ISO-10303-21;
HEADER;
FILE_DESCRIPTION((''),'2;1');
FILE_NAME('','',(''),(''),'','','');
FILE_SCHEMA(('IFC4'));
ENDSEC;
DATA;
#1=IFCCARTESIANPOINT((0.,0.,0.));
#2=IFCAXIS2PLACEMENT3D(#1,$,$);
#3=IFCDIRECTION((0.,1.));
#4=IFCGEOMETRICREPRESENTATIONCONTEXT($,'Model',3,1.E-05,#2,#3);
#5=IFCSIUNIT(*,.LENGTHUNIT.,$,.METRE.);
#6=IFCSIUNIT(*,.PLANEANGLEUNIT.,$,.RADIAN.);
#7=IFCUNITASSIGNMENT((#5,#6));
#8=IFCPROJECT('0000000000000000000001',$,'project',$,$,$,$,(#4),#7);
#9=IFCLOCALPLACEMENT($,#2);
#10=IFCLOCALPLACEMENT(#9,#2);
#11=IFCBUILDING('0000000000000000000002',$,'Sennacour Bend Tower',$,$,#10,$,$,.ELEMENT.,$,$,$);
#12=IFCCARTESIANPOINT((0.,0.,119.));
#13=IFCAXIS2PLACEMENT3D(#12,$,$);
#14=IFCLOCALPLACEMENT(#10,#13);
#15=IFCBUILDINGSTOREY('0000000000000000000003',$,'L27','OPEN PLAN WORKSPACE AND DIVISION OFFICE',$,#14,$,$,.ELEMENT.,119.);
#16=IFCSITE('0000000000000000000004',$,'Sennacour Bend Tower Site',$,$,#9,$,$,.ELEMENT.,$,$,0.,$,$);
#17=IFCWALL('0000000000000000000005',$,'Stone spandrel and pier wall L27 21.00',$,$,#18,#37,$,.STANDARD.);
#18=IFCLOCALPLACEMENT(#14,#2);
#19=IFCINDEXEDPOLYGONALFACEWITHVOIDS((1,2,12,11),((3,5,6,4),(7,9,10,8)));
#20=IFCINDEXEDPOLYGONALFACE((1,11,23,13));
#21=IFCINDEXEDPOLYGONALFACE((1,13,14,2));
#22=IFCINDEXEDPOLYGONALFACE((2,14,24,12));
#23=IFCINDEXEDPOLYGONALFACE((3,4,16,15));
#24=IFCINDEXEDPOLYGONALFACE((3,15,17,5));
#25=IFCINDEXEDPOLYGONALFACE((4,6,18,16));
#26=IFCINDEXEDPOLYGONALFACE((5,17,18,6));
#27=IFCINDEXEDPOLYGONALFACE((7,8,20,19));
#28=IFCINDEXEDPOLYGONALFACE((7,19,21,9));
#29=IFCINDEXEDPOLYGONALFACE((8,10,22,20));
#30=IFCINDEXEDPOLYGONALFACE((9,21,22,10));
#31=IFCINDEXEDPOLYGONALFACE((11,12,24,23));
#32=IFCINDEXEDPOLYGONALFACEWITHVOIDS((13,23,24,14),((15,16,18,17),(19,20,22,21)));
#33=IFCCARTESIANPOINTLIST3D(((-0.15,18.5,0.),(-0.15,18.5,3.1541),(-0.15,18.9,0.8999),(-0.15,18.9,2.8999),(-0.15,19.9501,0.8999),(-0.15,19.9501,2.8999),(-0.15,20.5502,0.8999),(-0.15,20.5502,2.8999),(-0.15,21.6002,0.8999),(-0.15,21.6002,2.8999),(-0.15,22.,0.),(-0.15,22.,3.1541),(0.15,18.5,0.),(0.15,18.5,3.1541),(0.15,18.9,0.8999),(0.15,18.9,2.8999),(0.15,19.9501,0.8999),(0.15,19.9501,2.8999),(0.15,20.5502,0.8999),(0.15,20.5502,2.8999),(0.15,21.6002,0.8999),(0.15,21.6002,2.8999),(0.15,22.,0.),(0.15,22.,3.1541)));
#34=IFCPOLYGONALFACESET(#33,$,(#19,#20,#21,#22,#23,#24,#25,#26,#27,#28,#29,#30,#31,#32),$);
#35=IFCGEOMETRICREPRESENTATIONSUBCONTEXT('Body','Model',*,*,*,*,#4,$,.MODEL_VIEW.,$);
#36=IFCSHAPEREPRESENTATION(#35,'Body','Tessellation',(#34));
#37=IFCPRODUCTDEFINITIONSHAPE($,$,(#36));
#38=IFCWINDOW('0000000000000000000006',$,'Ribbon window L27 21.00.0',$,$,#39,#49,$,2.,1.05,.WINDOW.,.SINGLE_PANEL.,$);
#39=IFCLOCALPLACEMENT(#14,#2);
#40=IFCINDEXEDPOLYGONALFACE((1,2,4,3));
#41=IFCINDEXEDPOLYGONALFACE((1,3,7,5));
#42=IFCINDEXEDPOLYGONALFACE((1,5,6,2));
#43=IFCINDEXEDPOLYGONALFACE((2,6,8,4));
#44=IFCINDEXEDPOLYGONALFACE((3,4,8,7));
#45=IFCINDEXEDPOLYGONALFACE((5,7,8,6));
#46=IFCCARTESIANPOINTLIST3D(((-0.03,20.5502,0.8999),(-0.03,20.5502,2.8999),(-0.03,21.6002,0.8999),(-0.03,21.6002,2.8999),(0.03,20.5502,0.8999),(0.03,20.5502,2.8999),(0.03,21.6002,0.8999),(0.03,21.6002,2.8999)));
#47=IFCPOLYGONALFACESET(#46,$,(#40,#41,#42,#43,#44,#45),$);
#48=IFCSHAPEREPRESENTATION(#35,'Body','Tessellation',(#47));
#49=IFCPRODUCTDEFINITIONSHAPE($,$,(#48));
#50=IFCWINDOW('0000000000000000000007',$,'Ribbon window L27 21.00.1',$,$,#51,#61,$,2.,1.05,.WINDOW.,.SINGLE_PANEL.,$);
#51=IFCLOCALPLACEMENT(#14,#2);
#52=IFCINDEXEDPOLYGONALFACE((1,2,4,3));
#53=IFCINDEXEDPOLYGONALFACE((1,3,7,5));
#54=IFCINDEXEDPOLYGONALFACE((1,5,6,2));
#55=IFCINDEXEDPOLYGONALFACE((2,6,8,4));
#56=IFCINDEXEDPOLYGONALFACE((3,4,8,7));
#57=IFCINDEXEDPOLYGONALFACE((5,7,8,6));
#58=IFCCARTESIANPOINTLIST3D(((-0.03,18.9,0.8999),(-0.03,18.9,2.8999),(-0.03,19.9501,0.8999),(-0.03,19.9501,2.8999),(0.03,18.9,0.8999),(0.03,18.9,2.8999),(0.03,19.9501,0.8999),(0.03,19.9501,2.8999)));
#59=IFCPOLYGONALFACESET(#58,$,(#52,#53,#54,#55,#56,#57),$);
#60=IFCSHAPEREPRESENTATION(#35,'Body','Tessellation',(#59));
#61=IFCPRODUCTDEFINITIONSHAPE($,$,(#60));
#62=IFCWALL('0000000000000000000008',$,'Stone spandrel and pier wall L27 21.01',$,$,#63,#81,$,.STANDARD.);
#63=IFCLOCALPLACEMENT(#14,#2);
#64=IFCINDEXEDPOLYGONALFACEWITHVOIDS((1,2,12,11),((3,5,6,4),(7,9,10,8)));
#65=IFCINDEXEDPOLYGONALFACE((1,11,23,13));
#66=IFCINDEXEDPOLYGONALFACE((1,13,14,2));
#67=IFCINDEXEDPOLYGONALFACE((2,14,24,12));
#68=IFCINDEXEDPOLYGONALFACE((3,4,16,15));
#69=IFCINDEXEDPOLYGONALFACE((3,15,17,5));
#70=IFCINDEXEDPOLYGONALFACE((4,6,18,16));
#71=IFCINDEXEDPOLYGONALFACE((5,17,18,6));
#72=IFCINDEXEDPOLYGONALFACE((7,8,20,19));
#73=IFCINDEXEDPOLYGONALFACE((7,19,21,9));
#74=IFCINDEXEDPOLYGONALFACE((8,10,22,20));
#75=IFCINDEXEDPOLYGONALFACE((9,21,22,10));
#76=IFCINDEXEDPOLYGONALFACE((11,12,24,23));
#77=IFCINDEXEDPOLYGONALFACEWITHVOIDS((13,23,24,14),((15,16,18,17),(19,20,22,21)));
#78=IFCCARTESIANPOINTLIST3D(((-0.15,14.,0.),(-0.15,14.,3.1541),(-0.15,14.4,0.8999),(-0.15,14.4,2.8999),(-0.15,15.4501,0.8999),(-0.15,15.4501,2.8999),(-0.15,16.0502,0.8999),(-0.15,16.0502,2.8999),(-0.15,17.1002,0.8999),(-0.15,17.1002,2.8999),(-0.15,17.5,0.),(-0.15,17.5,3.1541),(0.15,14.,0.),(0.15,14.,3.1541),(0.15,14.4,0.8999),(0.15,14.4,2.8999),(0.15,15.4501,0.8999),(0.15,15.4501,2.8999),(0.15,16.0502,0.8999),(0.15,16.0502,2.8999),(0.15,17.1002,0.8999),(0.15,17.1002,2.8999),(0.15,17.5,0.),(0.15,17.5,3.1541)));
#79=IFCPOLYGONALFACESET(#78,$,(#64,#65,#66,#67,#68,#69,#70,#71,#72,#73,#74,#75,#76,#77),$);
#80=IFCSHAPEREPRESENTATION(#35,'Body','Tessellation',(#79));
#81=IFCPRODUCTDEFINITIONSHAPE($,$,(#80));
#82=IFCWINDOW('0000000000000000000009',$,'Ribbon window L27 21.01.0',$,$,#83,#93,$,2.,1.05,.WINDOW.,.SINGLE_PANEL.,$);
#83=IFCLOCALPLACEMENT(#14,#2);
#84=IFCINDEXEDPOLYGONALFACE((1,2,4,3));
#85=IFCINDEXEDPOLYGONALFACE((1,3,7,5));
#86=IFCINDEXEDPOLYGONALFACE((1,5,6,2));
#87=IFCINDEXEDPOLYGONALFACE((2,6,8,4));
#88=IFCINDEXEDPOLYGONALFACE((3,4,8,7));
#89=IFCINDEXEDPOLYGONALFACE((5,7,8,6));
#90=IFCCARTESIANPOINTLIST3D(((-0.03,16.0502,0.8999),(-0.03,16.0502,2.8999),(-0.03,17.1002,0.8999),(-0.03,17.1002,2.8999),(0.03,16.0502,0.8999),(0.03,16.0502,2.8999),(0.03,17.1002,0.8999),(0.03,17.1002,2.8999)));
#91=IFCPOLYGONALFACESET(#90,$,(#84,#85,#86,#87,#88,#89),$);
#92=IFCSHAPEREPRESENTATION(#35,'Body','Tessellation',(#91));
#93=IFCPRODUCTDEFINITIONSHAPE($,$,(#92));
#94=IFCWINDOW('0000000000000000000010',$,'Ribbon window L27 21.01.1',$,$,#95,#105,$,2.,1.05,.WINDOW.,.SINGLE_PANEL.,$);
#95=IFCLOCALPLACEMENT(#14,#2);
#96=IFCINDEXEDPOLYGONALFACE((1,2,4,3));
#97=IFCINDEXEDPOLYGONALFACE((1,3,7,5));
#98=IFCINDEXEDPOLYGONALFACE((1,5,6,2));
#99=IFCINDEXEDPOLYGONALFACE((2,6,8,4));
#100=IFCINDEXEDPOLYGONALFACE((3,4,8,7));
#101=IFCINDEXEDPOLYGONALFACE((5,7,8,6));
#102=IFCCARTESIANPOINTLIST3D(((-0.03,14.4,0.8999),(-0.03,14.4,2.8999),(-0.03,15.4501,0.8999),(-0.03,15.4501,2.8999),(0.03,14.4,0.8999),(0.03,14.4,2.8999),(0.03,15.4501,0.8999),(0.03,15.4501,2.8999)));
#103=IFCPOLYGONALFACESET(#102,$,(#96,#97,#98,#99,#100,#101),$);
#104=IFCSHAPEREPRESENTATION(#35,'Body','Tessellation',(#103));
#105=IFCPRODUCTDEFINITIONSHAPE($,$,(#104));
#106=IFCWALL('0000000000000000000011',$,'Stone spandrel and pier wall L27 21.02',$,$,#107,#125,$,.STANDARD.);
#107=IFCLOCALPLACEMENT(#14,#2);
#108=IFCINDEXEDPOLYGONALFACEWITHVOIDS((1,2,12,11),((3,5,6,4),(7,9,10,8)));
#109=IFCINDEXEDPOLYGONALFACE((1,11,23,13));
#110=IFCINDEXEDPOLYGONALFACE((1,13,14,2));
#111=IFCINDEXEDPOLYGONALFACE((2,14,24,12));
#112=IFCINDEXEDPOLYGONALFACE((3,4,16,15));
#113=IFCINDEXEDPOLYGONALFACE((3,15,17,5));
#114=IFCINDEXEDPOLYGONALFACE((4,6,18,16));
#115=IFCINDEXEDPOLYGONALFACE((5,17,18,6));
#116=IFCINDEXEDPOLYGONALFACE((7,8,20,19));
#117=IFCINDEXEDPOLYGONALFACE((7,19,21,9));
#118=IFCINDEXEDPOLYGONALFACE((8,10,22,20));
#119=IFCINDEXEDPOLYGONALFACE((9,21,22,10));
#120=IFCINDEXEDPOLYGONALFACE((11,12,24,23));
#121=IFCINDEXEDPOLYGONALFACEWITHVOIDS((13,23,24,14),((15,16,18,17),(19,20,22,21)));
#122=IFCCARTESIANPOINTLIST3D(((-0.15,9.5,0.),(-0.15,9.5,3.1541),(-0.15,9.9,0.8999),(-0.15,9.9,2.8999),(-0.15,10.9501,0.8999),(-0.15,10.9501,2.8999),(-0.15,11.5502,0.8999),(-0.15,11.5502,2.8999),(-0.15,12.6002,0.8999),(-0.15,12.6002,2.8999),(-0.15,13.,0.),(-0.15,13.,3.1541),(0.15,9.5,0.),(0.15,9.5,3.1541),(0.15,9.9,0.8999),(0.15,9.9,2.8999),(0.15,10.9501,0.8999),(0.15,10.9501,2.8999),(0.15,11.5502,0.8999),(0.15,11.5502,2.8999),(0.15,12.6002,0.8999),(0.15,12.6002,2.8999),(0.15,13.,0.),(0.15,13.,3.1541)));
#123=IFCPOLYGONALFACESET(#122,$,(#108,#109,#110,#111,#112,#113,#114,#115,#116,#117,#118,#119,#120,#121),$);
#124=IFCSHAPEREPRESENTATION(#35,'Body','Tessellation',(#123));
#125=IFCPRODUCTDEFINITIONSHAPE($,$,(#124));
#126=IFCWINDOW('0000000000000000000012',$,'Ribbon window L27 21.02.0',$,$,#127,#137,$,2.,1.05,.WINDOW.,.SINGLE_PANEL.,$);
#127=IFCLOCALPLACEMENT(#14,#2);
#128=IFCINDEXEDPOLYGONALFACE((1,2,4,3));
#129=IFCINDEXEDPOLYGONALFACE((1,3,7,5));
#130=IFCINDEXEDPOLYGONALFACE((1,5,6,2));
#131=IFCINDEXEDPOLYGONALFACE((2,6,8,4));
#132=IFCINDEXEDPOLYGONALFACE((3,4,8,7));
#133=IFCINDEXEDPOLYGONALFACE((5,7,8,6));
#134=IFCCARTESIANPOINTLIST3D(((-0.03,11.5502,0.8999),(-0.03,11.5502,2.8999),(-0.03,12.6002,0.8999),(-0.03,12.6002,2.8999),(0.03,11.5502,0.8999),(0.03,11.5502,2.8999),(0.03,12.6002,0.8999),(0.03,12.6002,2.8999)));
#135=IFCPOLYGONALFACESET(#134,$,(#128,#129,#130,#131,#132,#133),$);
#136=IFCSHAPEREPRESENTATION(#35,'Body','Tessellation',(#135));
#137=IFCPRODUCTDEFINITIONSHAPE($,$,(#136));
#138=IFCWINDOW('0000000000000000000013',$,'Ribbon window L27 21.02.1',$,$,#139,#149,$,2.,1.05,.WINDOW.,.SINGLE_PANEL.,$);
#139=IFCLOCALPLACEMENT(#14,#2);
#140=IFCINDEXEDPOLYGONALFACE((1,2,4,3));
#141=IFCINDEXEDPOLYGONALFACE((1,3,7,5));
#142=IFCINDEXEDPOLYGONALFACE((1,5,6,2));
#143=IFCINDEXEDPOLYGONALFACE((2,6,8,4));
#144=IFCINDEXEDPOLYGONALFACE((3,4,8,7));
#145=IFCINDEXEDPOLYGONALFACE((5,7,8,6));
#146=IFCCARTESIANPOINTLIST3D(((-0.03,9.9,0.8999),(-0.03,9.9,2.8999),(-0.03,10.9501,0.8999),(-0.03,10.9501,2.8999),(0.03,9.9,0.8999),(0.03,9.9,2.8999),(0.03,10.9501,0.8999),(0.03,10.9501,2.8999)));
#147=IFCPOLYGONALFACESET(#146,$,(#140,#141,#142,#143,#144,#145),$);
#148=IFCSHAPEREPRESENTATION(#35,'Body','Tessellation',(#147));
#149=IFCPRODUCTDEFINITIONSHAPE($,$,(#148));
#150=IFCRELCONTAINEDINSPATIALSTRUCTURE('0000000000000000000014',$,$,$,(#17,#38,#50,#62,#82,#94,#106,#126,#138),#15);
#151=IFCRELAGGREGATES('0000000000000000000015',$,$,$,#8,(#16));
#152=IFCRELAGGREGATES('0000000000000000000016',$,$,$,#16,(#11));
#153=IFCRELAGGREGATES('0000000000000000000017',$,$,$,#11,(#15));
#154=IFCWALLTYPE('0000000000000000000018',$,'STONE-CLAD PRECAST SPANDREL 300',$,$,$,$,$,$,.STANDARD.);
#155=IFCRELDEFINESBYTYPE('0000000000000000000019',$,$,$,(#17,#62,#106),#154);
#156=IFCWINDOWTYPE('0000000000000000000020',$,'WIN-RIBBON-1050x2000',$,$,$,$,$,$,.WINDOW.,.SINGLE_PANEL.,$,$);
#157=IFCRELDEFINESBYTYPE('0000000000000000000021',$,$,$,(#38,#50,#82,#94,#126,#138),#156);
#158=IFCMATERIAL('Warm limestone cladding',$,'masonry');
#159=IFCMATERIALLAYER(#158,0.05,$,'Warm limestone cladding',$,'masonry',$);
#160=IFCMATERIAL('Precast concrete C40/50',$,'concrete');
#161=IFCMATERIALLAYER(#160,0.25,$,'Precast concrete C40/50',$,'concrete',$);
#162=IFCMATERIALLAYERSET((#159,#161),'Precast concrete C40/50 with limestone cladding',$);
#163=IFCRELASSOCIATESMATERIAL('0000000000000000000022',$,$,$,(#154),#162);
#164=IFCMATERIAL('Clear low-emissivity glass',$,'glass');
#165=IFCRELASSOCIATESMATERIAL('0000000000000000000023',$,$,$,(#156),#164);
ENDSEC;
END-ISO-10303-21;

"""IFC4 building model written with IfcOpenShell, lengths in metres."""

from ifc_helpers import new_model, si_unit, direction, frame, frame_2d, origin, place, context, subcontext, project, spatial, rectangle, extrude, material, layer, layer_set, type_object, element, fill, save


model = new_model("IFC4")

# Units and contexts
model_context = context("Model", 3, precision=1e-05, world=origin(), true_north=direction((0.0, 1.0)))
body_context = subcontext(model_context, "Body", "Model", "MODEL_VIEW")
ifc_project = project(units=[si_unit("LENGTHUNIT", "METRE"), si_unit("PLANEANGLEUNIT", "RADIAN")], contexts=[model_context])

# Site, building, storey
site_placement = place(None, origin())
site = spatial("IfcSite", under=ifc_project, at=site_placement, Name="Sennacour Bend Tower Site", CompositionType="ELEMENT", RefElevation=0.0)
building_placement = place(site_placement, origin())
building = spatial("IfcBuilding", under=site, at=building_placement, Name="Sennacour Bend Tower", CompositionType="ELEMENT")
storey_placement = place(building_placement, frame((0.0, 0.0, 119.0)))
storey = spatial("IfcBuildingStorey", under=building, at=storey_placement, Name="L27", Description="OPEN PLAN WORKSPACE AND DIVISION OFFICE", CompositionType="ELEMENT", Elevation=119.0)

# Walls, openings, windows
ifc_material_1 = material(Name="Warm limestone cladding", Category="masonry")
ifc_layer_1 = layer(ifc_material_1, 0.05, Name="Warm limestone cladding", Category="masonry")
ifc_material_2 = material(Name="Precast concrete C40/50", Category="concrete")
ifc_layer_2 = layer(ifc_material_2, 0.25, Name="Precast concrete C40/50", Category="concrete")
ifc_layer_set = layer_set([ifc_layer_1, ifc_layer_2], Name="Precast concrete C40/50 with limestone cladding")
wall_type = type_object("IfcWallType", Name="STONE-CLAD PRECAST SPANDREL 300", PredefinedType="STANDARD", material=ifc_layer_set)
wall_1_placement = place(storey_placement, frame((0.0, 22.0, 0.0), z_axis=(0.0, 0.0, 1.0), x_axis=(0.0, -1.0, 0.0)))
wall_1 = element("IfcWall", 1, at=wall_1_placement, inside=storey, type_object=wall_type, Name="Stone spandrel and pier wall L27 21.00", PredefinedType="STANDARD", context=body_context, shape_type="SweptSolid", body=[
    extrude(rectangle(XDim=3.5, YDim=0.3, at=frame_2d((1.75, 0.0))), origin(), (0.0, 0.0, 1.0), 3.1541),
])
opening_1_placement = place(wall_1_placement, frame((0.3999, 0.0, 0.8999)))
opening_1 = element("IfcOpeningElement", 2, at=opening_1_placement, cuts=wall_1, PredefinedType="OPENING", context=body_context, shape_type="SweptSolid", body=[
    extrude(rectangle(XDim=1.05, YDim=2.0, at=frame_2d((0.5249, 1.0))), frame((0.0, 0.1602, 0.0), z_axis=(0.0, -1.0, 0.0), x_axis=(1.0, 0.0, 0.0)), (0.0, 0.0, 1.0), 0.3201),
])
opening_2_placement = place(wall_1_placement, frame((2.05, 0.0, 0.8999)))
opening_2 = element("IfcOpeningElement", 3, at=opening_2_placement, cuts=wall_1, PredefinedType="OPENING", context=body_context, shape_type="SweptSolid", body=[
    extrude(rectangle(XDim=1.05, YDim=2.0, at=frame_2d((0.5249, 1.0))), frame((0.0, 0.1602, 0.0), z_axis=(0.0, -1.0, 0.0), x_axis=(1.0, 0.0, 0.0)), (0.0, 0.0, 1.0), 0.3201),
])
ifc_material_3 = material(Name="Clear low-emissivity glass", Category="glass")
window_type = type_object("IfcWindowType", Name="WIN-RIBBON-1050x2000", PartitioningType="SINGLE_PANEL", PredefinedType="WINDOW", material=ifc_material_3)
window_1_placement = place(opening_1_placement, origin())
window_1 = element("IfcWindow", 4, at=window_1_placement, inside=storey, type_object=window_type, Name="Ribbon window L27 21.00.0", OverallHeight=2.0, OverallWidth=1.05, PartitioningType="SINGLE_PANEL", PredefinedType="WINDOW", context=body_context, shape_type="SweptSolid", body=[
    extrude(rectangle(XDim=1.05, YDim=2.0, at=frame_2d((0.5249, 1.0))), frame((0.0, 0.03, 0.0), z_axis=(0.0, -1.0, 0.0), x_axis=(1.0, 0.0, 0.0)), (0.0, 0.0, 1.0), 0.0601),
])
fill(opening_1, window_1)
window_2_placement = place(opening_2_placement, origin())
window_2 = element("IfcWindow", 5, at=window_2_placement, inside=storey, type_object=window_type, Name="Ribbon window L27 21.00.1", OverallHeight=2.0, OverallWidth=1.05, PartitioningType="SINGLE_PANEL", PredefinedType="WINDOW", context=body_context, shape_type="SweptSolid", body=[
    extrude(rectangle(XDim=1.05, YDim=2.0, at=frame_2d((0.5249, 1.0))), frame((0.0, 0.03, 0.0), z_axis=(0.0, -1.0, 0.0), x_axis=(1.0, 0.0, 0.0)), (0.0, 0.0, 1.0), 0.0601),
])
fill(opening_2, window_2)
wall_2_placement = place(storey_placement, frame((0.0, 17.5, 0.0), z_axis=(0.0, 0.0, 1.0), x_axis=(0.0, -1.0, 0.0)))
wall_2 = element("IfcWall", 6, at=wall_2_placement, inside=storey, type_object=wall_type, Name="Stone spandrel and pier wall L27 21.01", PredefinedType="STANDARD", context=body_context, shape_type="SweptSolid", body=[
    extrude(rectangle(XDim=3.5, YDim=0.3, at=frame_2d((1.75, 0.0))), origin(), (0.0, 0.0, 1.0), 3.1541),
])
opening_3_placement = place(wall_2_placement, frame((0.3999, 0.0, 0.8999)))
opening_3 = element("IfcOpeningElement", 7, at=opening_3_placement, cuts=wall_2, PredefinedType="OPENING", context=body_context, shape_type="SweptSolid", body=[
    extrude(rectangle(XDim=1.05, YDim=2.0, at=frame_2d((0.5249, 1.0))), frame((0.0, 0.1602, 0.0), z_axis=(0.0, -1.0, 0.0), x_axis=(1.0, 0.0, 0.0)), (0.0, 0.0, 1.0), 0.3201),
])
opening_4_placement = place(wall_2_placement, frame((2.05, 0.0, 0.8999)))
opening_4 = element("IfcOpeningElement", 8, at=opening_4_placement, cuts=wall_2, PredefinedType="OPENING", context=body_context, shape_type="SweptSolid", body=[
    extrude(rectangle(XDim=1.05, YDim=2.0, at=frame_2d((0.5249, 1.0))), frame((0.0, 0.1602, 0.0), z_axis=(0.0, -1.0, 0.0), x_axis=(1.0, 0.0, 0.0)), (0.0, 0.0, 1.0), 0.3201),
])
window_3_placement = place(opening_3_placement, origin())
window_3 = element("IfcWindow", 9, at=window_3_placement, inside=storey, type_object=window_type, Name="Ribbon window L27 21.01.0", OverallHeight=2.0, OverallWidth=1.05, PartitioningType="SINGLE_PANEL", PredefinedType="WINDOW", context=body_context, shape_type="SweptSolid", body=[
    extrude(rectangle(XDim=1.05, YDim=2.0, at=frame_2d((0.5249, 1.0))), frame((0.0, 0.03, 0.0), z_axis=(0.0, -1.0, 0.0), x_axis=(1.0, 0.0, 0.0)), (0.0, 0.0, 1.0), 0.0601),
])
fill(opening_3, window_3)
window_4_placement = place(opening_4_placement, origin())
window_4 = element("IfcWindow", 10, at=window_4_placement, inside=storey, type_object=window_type, Name="Ribbon window L27 21.01.1", OverallHeight=2.0, OverallWidth=1.05, PartitioningType="SINGLE_PANEL", PredefinedType="WINDOW", context=body_context, shape_type="SweptSolid", body=[
    extrude(rectangle(XDim=1.05, YDim=2.0, at=frame_2d((0.5249, 1.0))), frame((0.0, 0.03, 0.0), z_axis=(0.0, -1.0, 0.0), x_axis=(1.0, 0.0, 0.0)), (0.0, 0.0, 1.0), 0.0601),
])
fill(opening_4, window_4)
wall_3_placement = place(storey_placement, frame((0.0, 13.0, 0.0), z_axis=(0.0, 0.0, 1.0), x_axis=(0.0, -1.0, 0.0)))
wall_3 = element("IfcWall", 11, at=wall_3_placement, inside=storey, type_object=wall_type, Name="Stone spandrel and pier wall L27 21.02", PredefinedType="STANDARD", context=body_context, shape_type="SweptSolid", body=[
    extrude(rectangle(XDim=3.5, YDim=0.3, at=frame_2d((1.75, 0.0))), origin(), (0.0, 0.0, 1.0), 3.1541),
])
opening_5_placement = place(wall_3_placement, frame((0.3999, 0.0, 0.8999)))
opening_5 = element("IfcOpeningElement", 12, at=opening_5_placement, cuts=wall_3, PredefinedType="OPENING", context=body_context, shape_type="SweptSolid", body=[
    extrude(rectangle(XDim=1.05, YDim=2.0, at=frame_2d((0.5249, 1.0))), frame((0.0, 0.1602, 0.0), z_axis=(0.0, -1.0, 0.0), x_axis=(1.0, 0.0, 0.0)), (0.0, 0.0, 1.0), 0.3201),
])
opening_6_placement = place(wall_3_placement, frame((2.05, 0.0, 0.8999)))
opening_6 = element("IfcOpeningElement", 13, at=opening_6_placement, cuts=wall_3, PredefinedType="OPENING", context=body_context, shape_type="SweptSolid", body=[
    extrude(rectangle(XDim=1.05, YDim=2.0, at=frame_2d((0.5249, 1.0))), frame((0.0, 0.1602, 0.0), z_axis=(0.0, -1.0, 0.0), x_axis=(1.0, 0.0, 0.0)), (0.0, 0.0, 1.0), 0.3201),
])
window_5_placement = place(opening_5_placement, origin())
window_5 = element("IfcWindow", 14, at=window_5_placement, inside=storey, type_object=window_type, Name="Ribbon window L27 21.02.0", OverallHeight=2.0, OverallWidth=1.05, PartitioningType="SINGLE_PANEL", PredefinedType="WINDOW", context=body_context, shape_type="SweptSolid", body=[
    extrude(rectangle(XDim=1.05, YDim=2.0, at=frame_2d((0.5249, 1.0))), frame((0.0, 0.03, 0.0), z_axis=(0.0, -1.0, 0.0), x_axis=(1.0, 0.0, 0.0)), (0.0, 0.0, 1.0), 0.0601),
])
fill(opening_5, window_5)
window_6_placement = place(opening_6_placement, origin())
window_6 = element("IfcWindow", 15, at=window_6_placement, inside=storey, type_object=window_type, Name="Ribbon window L27 21.02.1", OverallHeight=2.0, OverallWidth=1.05, PartitioningType="SINGLE_PANEL", PredefinedType="WINDOW", context=body_context, shape_type="SweptSolid", body=[
    extrude(rectangle(XDim=1.05, YDim=2.0, at=frame_2d((0.5249, 1.0))), frame((0.0, 0.03, 0.0), z_axis=(0.0, -1.0, 0.0), x_axis=(1.0, 0.0, 0.0)), (0.0, 0.0, 1.0), 0.0601),
])
fill(opening_6, window_6)

save(model, "model.ifc")
